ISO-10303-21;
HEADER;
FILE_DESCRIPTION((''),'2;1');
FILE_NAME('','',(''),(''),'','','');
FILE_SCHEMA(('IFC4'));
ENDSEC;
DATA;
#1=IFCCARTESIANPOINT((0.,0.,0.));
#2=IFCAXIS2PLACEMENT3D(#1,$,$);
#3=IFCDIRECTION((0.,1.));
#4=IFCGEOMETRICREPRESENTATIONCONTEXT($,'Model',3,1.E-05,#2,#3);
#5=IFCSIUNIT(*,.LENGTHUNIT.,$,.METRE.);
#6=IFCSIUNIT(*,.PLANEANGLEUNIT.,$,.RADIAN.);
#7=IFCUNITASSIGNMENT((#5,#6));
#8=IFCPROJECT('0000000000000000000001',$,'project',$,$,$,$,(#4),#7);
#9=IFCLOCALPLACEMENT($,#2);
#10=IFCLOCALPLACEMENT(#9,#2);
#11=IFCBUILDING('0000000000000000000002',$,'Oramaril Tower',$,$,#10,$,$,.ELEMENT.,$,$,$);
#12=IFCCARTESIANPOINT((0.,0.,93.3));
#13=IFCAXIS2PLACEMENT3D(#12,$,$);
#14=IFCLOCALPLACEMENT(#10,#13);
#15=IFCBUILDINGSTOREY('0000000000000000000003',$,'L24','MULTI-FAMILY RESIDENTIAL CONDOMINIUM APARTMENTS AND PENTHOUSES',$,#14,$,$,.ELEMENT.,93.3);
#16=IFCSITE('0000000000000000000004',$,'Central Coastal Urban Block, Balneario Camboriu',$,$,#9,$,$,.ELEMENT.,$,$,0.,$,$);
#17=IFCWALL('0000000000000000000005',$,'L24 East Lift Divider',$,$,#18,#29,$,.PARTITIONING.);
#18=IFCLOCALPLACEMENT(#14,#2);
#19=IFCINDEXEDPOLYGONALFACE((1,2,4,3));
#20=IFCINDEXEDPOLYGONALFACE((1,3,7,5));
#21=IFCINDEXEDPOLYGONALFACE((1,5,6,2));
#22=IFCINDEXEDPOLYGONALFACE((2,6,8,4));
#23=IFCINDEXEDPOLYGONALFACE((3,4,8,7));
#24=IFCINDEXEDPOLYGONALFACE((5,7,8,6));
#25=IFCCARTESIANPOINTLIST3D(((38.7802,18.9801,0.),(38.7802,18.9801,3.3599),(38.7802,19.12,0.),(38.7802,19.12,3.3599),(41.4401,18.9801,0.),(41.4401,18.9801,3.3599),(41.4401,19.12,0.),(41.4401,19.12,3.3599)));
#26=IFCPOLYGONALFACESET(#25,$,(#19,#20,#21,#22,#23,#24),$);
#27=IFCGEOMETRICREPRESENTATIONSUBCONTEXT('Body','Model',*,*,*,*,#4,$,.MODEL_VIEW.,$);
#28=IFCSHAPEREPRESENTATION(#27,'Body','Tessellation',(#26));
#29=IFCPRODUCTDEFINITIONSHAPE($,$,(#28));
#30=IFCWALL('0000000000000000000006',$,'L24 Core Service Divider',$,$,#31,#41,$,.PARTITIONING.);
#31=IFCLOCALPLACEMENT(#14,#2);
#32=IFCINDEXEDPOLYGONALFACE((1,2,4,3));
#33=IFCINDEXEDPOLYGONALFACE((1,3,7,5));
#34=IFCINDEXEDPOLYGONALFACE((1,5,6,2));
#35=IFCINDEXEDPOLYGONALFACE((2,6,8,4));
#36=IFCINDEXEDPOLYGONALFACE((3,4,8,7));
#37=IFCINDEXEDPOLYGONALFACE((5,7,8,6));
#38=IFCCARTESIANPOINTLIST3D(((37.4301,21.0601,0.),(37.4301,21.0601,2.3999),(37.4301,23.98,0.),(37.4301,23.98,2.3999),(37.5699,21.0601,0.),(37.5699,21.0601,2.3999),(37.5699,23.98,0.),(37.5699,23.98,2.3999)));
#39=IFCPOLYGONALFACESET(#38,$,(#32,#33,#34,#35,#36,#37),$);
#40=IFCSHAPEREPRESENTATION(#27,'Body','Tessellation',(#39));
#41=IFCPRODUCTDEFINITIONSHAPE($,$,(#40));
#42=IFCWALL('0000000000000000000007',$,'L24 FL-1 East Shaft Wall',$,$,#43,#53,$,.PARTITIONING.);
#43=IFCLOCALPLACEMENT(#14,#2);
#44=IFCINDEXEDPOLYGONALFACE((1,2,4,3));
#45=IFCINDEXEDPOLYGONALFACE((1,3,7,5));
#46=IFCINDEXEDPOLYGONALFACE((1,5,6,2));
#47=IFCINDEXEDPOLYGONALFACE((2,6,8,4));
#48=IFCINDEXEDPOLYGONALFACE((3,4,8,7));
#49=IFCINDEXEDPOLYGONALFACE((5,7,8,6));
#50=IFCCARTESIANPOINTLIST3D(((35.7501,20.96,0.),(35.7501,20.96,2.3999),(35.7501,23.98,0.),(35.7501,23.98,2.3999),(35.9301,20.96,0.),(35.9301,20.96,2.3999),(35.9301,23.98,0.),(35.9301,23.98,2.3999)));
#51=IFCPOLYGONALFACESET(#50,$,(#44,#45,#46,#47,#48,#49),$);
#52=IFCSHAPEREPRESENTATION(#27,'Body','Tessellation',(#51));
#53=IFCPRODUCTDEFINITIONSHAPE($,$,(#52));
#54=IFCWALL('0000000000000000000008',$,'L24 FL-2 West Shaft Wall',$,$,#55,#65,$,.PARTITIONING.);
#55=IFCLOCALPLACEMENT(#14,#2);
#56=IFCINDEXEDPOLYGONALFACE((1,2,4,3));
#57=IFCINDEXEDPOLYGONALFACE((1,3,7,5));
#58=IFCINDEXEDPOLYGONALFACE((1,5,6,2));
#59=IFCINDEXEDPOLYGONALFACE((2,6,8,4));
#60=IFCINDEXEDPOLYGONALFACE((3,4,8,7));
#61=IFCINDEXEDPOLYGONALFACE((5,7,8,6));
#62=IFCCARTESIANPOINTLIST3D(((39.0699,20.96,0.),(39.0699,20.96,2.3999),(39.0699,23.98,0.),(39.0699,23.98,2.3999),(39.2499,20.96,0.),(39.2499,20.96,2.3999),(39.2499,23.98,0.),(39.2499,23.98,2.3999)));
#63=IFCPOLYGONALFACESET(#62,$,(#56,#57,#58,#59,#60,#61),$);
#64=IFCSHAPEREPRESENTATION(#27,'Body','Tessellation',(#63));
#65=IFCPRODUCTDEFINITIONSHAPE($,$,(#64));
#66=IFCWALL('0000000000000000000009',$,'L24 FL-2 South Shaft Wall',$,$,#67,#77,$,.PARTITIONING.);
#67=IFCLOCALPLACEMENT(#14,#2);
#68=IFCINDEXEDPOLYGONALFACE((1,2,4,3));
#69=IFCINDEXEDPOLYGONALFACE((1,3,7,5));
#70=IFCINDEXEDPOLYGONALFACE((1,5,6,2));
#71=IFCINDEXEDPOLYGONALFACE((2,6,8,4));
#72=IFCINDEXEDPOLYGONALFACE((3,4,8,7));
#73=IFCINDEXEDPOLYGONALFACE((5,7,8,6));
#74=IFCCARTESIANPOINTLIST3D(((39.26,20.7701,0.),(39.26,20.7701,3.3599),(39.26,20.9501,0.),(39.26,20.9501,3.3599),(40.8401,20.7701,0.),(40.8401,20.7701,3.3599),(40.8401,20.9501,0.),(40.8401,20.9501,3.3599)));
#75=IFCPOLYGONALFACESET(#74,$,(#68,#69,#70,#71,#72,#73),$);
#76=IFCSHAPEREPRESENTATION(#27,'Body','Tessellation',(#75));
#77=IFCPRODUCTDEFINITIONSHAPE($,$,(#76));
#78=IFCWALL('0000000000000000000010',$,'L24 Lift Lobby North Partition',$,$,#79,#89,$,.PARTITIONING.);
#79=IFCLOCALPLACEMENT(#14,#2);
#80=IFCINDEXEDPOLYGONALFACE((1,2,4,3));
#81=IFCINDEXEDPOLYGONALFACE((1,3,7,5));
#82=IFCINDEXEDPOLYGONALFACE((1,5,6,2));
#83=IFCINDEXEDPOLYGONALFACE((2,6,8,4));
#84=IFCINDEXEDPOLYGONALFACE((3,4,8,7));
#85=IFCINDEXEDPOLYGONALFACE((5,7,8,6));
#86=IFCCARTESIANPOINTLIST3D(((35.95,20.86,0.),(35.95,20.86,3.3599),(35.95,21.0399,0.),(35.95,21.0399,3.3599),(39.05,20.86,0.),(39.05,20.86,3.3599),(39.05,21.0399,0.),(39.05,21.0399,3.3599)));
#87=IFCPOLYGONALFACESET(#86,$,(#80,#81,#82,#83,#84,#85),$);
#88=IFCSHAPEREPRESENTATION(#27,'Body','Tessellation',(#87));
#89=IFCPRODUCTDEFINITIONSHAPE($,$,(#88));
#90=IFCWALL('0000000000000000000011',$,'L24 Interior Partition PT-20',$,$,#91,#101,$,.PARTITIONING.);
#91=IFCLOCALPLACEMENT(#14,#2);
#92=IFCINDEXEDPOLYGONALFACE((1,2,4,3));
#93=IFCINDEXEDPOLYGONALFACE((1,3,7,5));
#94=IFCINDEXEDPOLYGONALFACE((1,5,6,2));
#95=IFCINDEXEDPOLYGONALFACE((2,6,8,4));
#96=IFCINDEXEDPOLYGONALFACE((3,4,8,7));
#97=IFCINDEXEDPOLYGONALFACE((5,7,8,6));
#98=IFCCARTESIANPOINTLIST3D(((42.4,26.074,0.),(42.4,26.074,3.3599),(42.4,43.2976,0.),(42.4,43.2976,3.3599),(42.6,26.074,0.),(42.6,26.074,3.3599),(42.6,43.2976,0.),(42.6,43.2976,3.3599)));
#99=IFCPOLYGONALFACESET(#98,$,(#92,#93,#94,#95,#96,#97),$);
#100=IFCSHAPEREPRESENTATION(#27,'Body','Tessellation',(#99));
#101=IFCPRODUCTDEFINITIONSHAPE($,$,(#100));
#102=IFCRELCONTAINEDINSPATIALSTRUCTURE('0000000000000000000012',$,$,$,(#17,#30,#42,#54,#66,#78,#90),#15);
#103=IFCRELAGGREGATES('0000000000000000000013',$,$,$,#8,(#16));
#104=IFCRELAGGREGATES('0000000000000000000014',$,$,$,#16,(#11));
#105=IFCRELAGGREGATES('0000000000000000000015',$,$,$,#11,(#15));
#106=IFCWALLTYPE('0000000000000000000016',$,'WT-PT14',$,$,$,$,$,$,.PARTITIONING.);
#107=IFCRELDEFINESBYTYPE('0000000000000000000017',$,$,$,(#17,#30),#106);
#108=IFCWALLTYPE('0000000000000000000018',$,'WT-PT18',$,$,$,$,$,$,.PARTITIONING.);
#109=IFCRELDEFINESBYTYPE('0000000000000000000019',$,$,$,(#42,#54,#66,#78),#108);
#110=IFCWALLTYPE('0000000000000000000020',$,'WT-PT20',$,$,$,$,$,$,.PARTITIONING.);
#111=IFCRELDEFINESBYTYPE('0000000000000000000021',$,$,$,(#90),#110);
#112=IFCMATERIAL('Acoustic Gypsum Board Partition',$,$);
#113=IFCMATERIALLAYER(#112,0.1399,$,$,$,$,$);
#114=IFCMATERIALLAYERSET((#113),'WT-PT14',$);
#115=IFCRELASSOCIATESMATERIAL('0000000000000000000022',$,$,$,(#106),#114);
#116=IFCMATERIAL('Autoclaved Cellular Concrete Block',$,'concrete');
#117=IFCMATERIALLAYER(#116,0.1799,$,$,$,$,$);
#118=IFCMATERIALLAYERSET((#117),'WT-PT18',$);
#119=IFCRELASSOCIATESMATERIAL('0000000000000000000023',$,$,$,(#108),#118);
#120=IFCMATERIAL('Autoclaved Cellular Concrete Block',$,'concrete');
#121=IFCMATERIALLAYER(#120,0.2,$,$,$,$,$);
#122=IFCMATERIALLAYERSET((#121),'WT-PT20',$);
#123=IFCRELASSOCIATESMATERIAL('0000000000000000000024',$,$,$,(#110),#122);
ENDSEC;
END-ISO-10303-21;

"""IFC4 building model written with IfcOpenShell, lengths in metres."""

from ifc_helpers import new_model, si_unit, direction, frame, frame_2d, origin, place, context, subcontext, project, spatial, rectangle, extrude, material, layer, layer_set, type_object, element, save


model = new_model("IFC4")

# Units and contexts
model_context = context("Model", 3, precision=1e-05, world=origin(), true_north=direction((0.0, 1.0)))
body_context = subcontext(model_context, "Body", "Model", "MODEL_VIEW")
ifc_project = project(units=[si_unit("LENGTHUNIT", "METRE"), si_unit("PLANEANGLEUNIT", "RADIAN")], contexts=[model_context])

# Site, building, storey
site_placement = place(None, origin())
site = spatial("IfcSite", under=ifc_project, at=site_placement, Name="Central Coastal Urban Block, Balneario Camboriu", CompositionType="ELEMENT", RefElevation=0.0)
building_placement = place(site_placement, origin())
building = spatial("IfcBuilding", under=site, at=building_placement, Name="Oramaril Tower", CompositionType="ELEMENT")
storey_placement = place(building_placement, frame((0.0, 0.0, 93.3)))
storey = spatial("IfcBuildingStorey", under=building, at=storey_placement, Name="L24", Description="MULTI-FAMILY RESIDENTIAL CONDOMINIUM APARTMENTS AND PENTHOUSES", CompositionType="ELEMENT", Elevation=93.3)

# Walls
ifc_material_1 = material(Name="Acoustic Gypsum Board Partition")
ifc_layer_1 = layer(ifc_material_1, 0.1399)
ifc_layer_set_1 = layer_set([ifc_layer_1], Name="WT-PT14")
wall_type_1 = type_object("IfcWallType", Name="WT-PT14", PredefinedType="PARTITIONING", material=ifc_layer_set_1)
wall_1_placement = place(storey_placement, frame((38.78, 19.05, 0.0), z_axis=(0.0, 0.0, 1.0), x_axis=(1.0, 0.0, 0.0)))
element("IfcWall", 1, at=wall_1_placement, inside=storey, type_object=wall_type_1, Name="L24 East Lift Divider", PredefinedType="PARTITIONING", context=body_context, shape_type="SweptSolid", body=[
    extrude(rectangle(XDim=2.6599, YDim=0.1399, at=frame_2d((1.3301, 0.0))), origin(), (0.0, 0.0, 1.0), 3.3599),
])
wall_2_placement = place(storey_placement, frame((37.5, 21.0601, 0.0), z_axis=(0.0, 0.0, 1.0), x_axis=(0.0, 1.0, 0.0)))
element("IfcWall", 2, at=wall_2_placement, inside=storey, type_object=wall_type_1, Name="L24 Core Service Divider", PredefinedType="PARTITIONING", context=body_context, shape_type="SweptSolid", body=[
    extrude(rectangle(XDim=2.9199, YDim=0.1399, at=frame_2d((1.46, 0.0))), origin(), (0.0, 0.0, 1.0), 2.3999),
])

# Walls
ifc_material_2 = material(Name="Autoclaved Cellular Concrete Block", Category="concrete")
ifc_layer_2 = layer(ifc_material_2, 0.1799)
ifc_layer_set_2 = layer_set([ifc_layer_2], Name="WT-PT18")
wall_type_2 = type_object("IfcWallType", Name="WT-PT18", PredefinedType="PARTITIONING", material=ifc_layer_set_2)
for number, where, z_axis, x_axis, name in (
    (3, (35.8401, 20.96, 0.0), (0.0, 0.0, 1.0), (0.0, 1.0, 0.0), "L24 FL-1 East Shaft Wall"),
    (4, (39.1599, 20.96, 0.0), (0.0, 0.0, 1.0), (0.0, 1.0, 0.0), "L24 FL-2 West Shaft Wall"),
):
    element("IfcWall", number, at=place(storey_placement, frame(where, z_axis=z_axis, x_axis=x_axis)), inside=storey, type_object=wall_type_2, Name=name, PredefinedType="PARTITIONING", context=body_context, shape_type="SweptSolid", body=[
        extrude(rectangle(XDim=3.02, YDim=0.1799, at=frame_2d((1.51, 0.0))), origin(), (0.0, 0.0, 1.0), 2.3999),
    ])
wall_3_placement = place(storey_placement, frame((39.26, 20.8601, 0.0), z_axis=(0.0, 0.0, 1.0), x_axis=(1.0, 0.0, 0.0)))
element("IfcWall", 5, at=wall_3_placement, inside=storey, type_object=wall_type_2, Name="L24 FL-2 South Shaft Wall", PredefinedType="PARTITIONING", context=body_context, shape_type="SweptSolid", body=[
    extrude(rectangle(XDim=1.5801, YDim=0.1799, at=frame_2d((0.79, 0.0))), origin(), (0.0, 0.0, 1.0), 3.3599),
])
wall_4_placement = place(storey_placement, frame((35.95, 20.95, 0.0), z_axis=(0.0, 0.0, 1.0), x_axis=(1.0, 0.0, 0.0)))
element("IfcWall", 6, at=wall_4_placement, inside=storey, type_object=wall_type_2, Name="L24 Lift Lobby North Partition", PredefinedType="PARTITIONING", context=body_context, shape_type="SweptSolid", body=[
    extrude(rectangle(XDim=3.1001, YDim=0.1799, at=frame_2d((1.55, 0.0))), origin(), (0.0, 0.0, 1.0), 3.3599),
])
ifc_material_3 = material(Name="Autoclaved Cellular Concrete Block", Category="concrete")
ifc_layer_3 = layer(ifc_material_3, 0.2)
ifc_layer_set_3 = layer_set([ifc_layer_3], Name="WT-PT20")
wall_type_3 = type_object("IfcWallType", Name="WT-PT20", PredefinedType="PARTITIONING", material=ifc_layer_set_3)
wall_5_placement = place(storey_placement, frame((42.5, 26.074, 0.0), z_axis=(0.0, 0.0, 1.0), x_axis=(0.0, 1.0, 0.0)))
element("IfcWall", 7, at=wall_5_placement, inside=storey, type_object=wall_type_3, Name="L24 Interior Partition PT-20", PredefinedType="PARTITIONING", context=body_context, shape_type="SweptSolid", body=[
    extrude(rectangle(XDim=17.2236, YDim=0.2, at=frame_2d((8.6118, 0.0))), origin(), (0.0, 0.0, 1.0), 3.3599),
])

save(model, "model.ifc")
